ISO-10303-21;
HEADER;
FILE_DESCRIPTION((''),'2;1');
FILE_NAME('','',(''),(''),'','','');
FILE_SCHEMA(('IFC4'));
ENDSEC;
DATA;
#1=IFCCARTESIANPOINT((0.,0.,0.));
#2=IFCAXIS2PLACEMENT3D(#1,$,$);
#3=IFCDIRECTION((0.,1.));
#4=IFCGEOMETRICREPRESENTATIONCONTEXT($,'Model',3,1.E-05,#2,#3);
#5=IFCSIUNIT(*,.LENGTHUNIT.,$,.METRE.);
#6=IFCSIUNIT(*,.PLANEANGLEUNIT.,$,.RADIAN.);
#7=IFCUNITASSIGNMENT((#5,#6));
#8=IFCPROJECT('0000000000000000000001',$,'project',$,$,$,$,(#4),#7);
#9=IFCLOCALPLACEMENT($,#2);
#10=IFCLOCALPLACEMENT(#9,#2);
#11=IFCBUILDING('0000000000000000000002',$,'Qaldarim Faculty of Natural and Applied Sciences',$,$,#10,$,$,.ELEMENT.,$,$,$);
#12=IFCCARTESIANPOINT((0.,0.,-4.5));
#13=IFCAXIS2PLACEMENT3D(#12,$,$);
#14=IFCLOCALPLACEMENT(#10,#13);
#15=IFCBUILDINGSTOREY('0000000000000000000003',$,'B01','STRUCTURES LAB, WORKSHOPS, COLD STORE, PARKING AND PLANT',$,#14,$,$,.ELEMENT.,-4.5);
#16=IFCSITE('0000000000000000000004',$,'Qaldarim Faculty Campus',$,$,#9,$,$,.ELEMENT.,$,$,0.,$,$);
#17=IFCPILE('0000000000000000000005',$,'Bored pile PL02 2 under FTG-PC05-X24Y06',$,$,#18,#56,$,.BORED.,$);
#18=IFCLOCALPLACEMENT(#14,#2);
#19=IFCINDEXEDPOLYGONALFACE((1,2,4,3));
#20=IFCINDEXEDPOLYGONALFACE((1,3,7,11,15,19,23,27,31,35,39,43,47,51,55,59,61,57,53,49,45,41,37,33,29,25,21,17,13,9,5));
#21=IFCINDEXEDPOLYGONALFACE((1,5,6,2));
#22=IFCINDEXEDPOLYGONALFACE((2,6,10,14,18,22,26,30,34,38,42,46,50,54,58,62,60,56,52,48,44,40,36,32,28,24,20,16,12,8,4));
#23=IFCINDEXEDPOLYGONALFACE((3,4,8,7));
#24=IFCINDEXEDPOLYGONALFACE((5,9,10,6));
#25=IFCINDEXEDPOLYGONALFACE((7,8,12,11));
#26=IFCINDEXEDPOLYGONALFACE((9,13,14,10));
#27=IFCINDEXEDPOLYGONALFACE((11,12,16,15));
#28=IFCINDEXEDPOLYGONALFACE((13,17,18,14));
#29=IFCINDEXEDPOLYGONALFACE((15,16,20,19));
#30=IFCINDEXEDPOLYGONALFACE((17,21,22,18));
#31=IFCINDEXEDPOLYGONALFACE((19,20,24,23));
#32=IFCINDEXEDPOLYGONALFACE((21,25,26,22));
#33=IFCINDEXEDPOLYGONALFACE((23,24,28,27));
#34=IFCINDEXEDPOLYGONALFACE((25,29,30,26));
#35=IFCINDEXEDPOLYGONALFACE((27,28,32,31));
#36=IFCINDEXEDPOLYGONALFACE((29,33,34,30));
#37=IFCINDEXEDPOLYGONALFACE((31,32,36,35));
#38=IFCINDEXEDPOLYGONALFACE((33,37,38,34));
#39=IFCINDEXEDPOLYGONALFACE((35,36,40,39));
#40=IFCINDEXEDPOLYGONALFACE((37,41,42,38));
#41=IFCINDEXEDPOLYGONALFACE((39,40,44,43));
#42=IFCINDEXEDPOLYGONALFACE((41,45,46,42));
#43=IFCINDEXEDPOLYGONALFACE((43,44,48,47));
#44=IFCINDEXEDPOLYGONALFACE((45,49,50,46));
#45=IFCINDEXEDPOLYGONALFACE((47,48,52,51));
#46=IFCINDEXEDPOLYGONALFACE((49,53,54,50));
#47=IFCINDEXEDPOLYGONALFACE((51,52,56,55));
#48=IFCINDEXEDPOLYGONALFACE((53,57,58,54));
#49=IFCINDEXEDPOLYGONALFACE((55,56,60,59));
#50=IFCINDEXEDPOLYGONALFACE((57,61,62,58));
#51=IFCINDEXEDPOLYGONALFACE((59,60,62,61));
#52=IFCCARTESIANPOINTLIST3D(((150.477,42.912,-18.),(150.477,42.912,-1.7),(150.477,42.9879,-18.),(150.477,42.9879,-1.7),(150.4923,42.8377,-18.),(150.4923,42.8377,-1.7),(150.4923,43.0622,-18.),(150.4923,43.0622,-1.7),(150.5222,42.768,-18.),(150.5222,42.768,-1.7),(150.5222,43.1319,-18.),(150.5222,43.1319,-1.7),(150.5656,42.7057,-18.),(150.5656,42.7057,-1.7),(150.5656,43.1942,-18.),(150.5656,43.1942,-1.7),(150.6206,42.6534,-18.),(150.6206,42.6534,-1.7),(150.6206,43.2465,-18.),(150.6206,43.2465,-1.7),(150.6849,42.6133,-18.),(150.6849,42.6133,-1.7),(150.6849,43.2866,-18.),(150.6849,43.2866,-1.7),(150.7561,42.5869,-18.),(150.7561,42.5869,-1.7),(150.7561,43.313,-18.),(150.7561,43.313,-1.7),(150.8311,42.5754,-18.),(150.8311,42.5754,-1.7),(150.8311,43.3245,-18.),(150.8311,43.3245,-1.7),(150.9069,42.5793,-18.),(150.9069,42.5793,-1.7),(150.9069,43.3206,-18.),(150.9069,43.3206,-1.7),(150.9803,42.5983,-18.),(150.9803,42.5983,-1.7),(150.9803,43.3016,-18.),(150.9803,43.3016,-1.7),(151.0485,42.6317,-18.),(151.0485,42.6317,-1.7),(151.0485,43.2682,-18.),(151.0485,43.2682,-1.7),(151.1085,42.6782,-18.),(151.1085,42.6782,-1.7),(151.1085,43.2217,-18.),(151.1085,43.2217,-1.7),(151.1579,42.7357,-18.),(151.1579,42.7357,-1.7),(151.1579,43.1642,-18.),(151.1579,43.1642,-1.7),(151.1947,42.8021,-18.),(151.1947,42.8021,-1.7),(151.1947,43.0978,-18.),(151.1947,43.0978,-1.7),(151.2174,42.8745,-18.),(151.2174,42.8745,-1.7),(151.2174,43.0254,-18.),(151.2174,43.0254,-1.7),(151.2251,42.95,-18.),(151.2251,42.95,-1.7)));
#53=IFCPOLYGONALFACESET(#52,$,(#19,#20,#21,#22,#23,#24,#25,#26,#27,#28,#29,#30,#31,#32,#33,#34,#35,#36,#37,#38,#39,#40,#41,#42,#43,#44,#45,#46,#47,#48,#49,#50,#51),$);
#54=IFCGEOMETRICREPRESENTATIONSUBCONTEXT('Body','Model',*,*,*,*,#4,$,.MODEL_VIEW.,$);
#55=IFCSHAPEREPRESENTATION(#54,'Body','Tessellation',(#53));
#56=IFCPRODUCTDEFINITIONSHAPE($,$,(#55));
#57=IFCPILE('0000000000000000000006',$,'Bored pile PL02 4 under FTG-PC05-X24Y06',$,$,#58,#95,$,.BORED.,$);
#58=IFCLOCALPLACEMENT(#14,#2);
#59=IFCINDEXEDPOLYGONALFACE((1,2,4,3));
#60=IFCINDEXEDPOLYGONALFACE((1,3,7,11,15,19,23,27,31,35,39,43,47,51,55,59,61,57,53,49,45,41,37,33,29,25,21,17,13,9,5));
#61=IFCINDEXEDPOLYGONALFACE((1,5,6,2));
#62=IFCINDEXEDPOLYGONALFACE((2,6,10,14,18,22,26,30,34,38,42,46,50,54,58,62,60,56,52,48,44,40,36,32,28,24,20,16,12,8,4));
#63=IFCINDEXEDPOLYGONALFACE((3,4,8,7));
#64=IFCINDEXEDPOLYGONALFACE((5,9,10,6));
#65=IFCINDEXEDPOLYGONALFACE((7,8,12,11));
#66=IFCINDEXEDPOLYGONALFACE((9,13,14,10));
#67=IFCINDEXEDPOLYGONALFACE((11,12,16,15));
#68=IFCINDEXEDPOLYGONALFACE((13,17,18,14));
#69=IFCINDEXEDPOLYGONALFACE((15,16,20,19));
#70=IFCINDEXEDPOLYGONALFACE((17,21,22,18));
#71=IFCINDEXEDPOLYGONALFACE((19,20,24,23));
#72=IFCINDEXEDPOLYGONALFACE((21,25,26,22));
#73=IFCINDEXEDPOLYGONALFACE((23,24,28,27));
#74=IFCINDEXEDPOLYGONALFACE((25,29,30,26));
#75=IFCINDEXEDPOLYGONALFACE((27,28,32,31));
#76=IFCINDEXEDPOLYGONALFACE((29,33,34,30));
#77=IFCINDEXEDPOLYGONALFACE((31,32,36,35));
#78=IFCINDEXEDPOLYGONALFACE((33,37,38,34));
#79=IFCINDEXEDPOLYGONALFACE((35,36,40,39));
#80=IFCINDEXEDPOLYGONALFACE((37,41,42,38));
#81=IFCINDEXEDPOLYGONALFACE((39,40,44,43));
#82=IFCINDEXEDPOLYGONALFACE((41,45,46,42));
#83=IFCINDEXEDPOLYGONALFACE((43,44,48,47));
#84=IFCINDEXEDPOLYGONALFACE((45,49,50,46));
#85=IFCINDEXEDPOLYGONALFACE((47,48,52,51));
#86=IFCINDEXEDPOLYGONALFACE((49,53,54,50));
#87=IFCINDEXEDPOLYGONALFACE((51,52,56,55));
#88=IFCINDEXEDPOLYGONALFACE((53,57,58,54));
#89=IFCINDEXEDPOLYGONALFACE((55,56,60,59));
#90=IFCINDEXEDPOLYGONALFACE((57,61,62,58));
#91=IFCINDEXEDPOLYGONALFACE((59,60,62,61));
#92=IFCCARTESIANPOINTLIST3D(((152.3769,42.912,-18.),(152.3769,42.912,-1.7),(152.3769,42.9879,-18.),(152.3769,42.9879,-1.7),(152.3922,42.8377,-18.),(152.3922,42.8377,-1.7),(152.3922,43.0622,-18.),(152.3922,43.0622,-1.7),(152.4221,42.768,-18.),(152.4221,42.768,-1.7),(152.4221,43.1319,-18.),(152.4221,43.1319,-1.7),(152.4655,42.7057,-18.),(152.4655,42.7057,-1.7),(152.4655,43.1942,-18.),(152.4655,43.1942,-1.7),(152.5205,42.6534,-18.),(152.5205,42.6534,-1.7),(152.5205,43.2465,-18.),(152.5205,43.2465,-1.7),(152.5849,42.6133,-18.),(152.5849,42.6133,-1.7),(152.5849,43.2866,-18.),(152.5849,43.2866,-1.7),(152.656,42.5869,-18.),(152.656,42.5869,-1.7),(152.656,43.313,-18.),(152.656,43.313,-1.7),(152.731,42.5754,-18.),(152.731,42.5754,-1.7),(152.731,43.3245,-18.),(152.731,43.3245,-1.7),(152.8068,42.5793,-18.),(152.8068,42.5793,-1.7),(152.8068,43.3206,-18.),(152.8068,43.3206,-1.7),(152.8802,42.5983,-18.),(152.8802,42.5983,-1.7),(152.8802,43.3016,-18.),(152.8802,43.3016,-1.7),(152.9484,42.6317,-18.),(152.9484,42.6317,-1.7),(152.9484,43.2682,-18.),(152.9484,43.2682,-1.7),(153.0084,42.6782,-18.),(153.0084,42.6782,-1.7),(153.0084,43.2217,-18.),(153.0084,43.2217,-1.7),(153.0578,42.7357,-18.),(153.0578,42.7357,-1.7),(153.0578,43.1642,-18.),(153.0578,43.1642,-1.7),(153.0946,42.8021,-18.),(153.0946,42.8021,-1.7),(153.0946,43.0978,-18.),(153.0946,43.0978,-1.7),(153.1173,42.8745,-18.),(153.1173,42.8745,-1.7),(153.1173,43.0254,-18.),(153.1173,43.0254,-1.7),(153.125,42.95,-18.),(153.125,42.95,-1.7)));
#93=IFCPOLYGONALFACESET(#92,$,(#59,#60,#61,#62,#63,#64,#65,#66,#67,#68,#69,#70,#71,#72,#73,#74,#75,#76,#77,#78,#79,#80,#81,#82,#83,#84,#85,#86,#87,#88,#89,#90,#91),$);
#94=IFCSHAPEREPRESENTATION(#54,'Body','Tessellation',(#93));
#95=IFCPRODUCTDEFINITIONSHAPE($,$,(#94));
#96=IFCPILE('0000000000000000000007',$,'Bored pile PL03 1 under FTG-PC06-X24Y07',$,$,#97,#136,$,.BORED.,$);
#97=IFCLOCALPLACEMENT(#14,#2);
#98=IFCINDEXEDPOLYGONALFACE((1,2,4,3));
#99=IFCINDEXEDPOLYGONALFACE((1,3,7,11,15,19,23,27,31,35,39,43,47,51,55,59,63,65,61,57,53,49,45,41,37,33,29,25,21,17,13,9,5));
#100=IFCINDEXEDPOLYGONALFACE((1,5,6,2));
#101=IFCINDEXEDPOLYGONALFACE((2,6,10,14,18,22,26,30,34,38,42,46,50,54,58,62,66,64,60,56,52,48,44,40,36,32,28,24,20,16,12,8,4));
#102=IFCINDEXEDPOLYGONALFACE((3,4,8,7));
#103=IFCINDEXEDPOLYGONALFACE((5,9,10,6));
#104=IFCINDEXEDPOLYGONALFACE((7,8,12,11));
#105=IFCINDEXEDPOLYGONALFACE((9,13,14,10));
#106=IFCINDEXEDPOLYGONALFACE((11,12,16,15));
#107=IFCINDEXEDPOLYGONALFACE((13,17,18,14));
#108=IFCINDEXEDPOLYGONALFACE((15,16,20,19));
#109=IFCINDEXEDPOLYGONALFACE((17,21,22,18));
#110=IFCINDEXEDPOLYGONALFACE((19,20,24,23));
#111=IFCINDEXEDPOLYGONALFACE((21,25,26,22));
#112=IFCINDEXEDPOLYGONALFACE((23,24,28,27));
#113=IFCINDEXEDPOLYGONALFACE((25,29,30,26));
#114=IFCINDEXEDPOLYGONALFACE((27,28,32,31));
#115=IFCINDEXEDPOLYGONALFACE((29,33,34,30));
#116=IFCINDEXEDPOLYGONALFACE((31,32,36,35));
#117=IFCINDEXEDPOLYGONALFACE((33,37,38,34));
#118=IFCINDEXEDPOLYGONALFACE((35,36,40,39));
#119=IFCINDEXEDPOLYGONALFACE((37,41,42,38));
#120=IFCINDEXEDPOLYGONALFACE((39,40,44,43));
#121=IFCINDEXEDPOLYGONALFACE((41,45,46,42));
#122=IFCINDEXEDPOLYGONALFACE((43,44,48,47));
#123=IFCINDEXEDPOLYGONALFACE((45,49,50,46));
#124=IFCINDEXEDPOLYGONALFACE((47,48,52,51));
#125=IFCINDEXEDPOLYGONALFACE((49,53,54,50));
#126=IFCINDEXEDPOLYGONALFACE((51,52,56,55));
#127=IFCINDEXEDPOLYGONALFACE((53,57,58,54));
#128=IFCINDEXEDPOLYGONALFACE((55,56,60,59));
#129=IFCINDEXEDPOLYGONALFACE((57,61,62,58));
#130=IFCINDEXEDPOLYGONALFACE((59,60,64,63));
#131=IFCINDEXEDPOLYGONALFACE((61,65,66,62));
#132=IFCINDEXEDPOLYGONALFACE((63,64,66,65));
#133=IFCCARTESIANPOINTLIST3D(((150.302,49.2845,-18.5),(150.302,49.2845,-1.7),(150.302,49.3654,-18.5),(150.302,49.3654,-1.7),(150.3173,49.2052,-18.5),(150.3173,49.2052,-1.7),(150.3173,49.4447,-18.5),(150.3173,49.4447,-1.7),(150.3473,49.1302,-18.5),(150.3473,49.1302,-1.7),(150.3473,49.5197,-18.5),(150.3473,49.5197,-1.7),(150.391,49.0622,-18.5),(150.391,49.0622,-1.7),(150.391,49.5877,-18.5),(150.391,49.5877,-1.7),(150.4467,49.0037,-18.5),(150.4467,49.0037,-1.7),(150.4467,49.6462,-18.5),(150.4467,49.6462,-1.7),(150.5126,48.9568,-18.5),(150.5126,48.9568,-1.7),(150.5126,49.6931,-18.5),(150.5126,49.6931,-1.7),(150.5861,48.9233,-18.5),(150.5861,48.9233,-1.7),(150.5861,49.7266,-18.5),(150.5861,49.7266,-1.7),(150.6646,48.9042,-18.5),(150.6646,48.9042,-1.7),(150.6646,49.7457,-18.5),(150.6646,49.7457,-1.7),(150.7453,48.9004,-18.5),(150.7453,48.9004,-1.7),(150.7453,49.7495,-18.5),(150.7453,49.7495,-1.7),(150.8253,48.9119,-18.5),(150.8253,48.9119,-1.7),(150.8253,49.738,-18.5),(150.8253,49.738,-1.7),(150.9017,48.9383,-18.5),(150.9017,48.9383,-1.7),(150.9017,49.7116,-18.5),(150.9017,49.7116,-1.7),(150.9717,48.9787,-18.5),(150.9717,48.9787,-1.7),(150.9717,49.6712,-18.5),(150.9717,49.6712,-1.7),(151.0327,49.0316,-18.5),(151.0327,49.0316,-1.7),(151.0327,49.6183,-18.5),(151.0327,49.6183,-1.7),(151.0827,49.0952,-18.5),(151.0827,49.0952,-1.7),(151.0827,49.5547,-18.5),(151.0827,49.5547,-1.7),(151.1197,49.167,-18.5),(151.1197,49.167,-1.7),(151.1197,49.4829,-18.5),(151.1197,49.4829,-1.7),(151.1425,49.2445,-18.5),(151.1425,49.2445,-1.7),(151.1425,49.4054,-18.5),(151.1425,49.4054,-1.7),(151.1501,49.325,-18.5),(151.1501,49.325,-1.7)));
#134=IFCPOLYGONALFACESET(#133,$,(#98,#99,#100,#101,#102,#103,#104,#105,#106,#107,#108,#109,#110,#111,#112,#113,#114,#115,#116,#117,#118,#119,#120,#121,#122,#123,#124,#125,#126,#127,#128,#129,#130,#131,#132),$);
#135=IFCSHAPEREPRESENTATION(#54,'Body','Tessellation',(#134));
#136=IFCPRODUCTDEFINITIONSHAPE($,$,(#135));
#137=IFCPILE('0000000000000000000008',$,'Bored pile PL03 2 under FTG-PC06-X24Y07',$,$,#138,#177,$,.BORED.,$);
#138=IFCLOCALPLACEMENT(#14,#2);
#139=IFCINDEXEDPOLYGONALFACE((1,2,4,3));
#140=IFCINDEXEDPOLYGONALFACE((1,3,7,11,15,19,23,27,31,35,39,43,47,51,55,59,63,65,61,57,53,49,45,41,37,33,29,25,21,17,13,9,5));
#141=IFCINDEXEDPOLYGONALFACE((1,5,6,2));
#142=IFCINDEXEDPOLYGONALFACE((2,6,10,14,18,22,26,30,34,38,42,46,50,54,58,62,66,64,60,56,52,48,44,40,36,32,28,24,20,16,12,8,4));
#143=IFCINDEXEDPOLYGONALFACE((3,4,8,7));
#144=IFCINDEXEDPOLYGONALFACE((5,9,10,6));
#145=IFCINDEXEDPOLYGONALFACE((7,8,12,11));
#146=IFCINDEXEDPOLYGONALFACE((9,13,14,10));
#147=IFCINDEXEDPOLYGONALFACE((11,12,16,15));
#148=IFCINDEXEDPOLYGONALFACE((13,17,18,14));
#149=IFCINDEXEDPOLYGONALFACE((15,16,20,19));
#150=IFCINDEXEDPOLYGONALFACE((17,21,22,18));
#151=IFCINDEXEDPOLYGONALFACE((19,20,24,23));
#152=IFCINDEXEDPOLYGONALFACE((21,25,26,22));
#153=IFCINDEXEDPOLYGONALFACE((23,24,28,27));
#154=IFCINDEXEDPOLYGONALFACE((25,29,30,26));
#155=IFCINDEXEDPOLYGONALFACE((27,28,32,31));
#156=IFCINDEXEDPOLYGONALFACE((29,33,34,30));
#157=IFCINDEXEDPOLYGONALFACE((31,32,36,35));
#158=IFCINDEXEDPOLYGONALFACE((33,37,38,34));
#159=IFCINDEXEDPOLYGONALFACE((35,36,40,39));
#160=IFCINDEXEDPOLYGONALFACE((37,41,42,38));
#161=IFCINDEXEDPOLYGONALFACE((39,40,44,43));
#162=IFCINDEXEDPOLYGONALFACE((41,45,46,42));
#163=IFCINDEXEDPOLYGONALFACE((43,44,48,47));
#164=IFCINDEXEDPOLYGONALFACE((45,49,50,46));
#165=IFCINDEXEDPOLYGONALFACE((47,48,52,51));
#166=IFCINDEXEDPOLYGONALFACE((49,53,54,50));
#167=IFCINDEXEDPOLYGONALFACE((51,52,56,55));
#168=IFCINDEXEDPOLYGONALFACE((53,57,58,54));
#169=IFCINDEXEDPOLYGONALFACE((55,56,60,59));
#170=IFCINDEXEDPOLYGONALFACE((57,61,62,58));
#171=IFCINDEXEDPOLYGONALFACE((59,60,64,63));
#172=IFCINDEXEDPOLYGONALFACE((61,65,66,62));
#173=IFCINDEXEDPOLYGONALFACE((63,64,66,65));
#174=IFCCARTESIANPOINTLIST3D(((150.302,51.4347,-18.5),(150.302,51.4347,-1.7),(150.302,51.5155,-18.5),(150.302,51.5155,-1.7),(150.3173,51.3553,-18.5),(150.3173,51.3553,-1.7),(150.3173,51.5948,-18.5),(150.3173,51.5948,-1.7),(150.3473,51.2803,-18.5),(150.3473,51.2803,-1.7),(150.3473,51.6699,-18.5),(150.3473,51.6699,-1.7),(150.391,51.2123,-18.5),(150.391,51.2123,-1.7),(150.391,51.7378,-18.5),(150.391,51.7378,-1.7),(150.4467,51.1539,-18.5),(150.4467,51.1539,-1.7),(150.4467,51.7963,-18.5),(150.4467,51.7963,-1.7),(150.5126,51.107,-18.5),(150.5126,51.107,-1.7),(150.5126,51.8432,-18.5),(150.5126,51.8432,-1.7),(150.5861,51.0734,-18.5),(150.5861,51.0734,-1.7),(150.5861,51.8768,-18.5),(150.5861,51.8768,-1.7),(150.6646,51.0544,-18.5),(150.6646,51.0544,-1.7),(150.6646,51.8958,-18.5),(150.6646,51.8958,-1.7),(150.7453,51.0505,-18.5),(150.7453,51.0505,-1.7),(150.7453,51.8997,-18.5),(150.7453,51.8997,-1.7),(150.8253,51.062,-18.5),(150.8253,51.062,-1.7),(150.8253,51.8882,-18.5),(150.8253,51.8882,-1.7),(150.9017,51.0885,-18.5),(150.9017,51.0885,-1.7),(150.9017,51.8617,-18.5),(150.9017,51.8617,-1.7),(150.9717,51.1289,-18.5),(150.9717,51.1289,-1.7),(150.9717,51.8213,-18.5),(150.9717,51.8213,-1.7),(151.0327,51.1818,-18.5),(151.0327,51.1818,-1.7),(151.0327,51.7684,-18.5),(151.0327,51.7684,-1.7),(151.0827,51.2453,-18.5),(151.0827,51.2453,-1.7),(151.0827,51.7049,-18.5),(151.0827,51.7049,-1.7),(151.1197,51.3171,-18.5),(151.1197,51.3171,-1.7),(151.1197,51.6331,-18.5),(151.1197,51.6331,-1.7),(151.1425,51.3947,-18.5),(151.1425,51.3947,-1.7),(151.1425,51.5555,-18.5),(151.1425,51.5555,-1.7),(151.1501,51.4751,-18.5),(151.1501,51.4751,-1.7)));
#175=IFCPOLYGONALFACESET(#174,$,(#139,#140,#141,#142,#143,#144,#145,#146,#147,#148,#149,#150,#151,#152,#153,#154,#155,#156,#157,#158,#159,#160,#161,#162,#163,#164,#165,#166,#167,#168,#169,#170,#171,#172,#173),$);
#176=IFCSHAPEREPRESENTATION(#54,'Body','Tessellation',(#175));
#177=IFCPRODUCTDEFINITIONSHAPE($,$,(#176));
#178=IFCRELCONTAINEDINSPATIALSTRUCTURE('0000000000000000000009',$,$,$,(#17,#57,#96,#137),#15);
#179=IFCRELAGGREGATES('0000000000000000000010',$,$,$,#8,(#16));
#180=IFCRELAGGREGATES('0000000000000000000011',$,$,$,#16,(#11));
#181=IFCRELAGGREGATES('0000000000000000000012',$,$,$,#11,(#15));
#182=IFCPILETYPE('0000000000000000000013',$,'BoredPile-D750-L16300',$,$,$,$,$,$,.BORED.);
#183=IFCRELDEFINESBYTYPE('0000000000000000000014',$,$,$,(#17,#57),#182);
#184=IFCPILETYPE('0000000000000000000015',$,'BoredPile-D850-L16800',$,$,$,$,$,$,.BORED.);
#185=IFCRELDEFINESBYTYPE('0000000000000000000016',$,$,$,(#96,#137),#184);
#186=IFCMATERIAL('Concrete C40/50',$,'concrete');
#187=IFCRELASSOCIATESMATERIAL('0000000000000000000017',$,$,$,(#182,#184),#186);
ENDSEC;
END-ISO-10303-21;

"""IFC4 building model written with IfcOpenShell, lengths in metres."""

from ifc_helpers import new_model, si_unit, direction, frame, origin, origin_2d, place, context, subcontext, project, spatial, circle, extrude, material, material_profile, profile_set, type_object, element, save


model = new_model("IFC4")

# Units and contexts
model_context = context("Model", 3, precision=1e-05, world=origin(), true_north=direction((0.0, 1.0)))
body_context = subcontext(model_context, "Body", "Model", "MODEL_VIEW")
ifc_project = project(units=[si_unit("LENGTHUNIT", "METRE"), si_unit("PLANEANGLEUNIT", "RADIAN")], contexts=[model_context])

# Site, building, storey
site_placement = place(None, origin())
site = spatial("IfcSite", under=ifc_project, at=site_placement, Name="Qaldarim Faculty Campus", CompositionType="ELEMENT", RefElevation=0.0)
building_placement = place(site_placement, origin())
building = spatial("IfcBuilding", under=site, at=building_placement, Name="Qaldarim Faculty of Natural and Applied Sciences", CompositionType="ELEMENT")
storey_placement = place(building_placement, frame((0.0, 0.0, -4.5)))
storey = spatial("IfcBuildingStorey", under=building, at=storey_placement, Name="B01", Description="STRUCTURES LAB, WORKSHOPS, COLD STORE, PARKING AND PLANT", CompositionType="ELEMENT", Elevation=-4.5)

# Piles
ifc_material_1 = material(Name="Concrete C40/50", Category="concrete")
ifc_material_profile_1 = material_profile(ifc_material_1, circle(Radius=0.375, at=origin_2d()), Name="PILE-D750")
ifc_profile_set_1 = profile_set([ifc_material_profile_1], Name="Concrete C40/50")
pile_type_1 = type_object("IfcPileType", Name="BoredPile-D750-L16300", PredefinedType="BORED", material=ifc_profile_set_1)
for number, where, z_axis, x_axis, name in (
    (1, (150.8501, 42.95, -1.7), (0.0, 0.0, -1.0), (1.0, 0.0, 0.0), "Bored pile PL02 2 under FTG-PC05-X24Y06"),
    (2, (152.75, 42.95, -1.7), (0.0, 0.0, -1.0), (1.0, 0.0, 0.0), "Bored pile PL02 4 under FTG-PC05-X24Y06"),
):
    element("IfcPile", number, at=place(storey_placement, frame(where, z_axis=z_axis, x_axis=x_axis)), inside=storey, type_object=pile_type_1, Name=name, PredefinedType="BORED", context=body_context, shape_type="SweptSolid", body=[
        extrude(circle(Radius=0.375, at=origin_2d()), origin(), (0.0, 0.0, 1.0), 16.3),
    ])
ifc_material_profile_2 = material_profile(ifc_material_1, circle(Radius=0.425, at=origin_2d()), Name="PILE-D850")
ifc_profile_set_2 = profile_set([ifc_material_profile_2], Name="Concrete C40/50")
pile_type_2 = type_object("IfcPileType", Name="BoredPile-D850-L16800", PredefinedType="BORED", material=ifc_profile_set_2)
for number, where, z_axis, x_axis, name in (
    (3, (150.7251, 49.325, -1.7), (0.0, 0.0, -1.0), (1.0, 0.0, 0.0), "Bored pile PL03 1 under FTG-PC06-X24Y07"),
    (4, (150.7251, 51.4751, -1.7), (0.0, 0.0, -1.0), (1.0, 0.0, 0.0), "Bored pile PL03 2 under FTG-PC06-X24Y07"),
):
    element("IfcPile", number, at=place(storey_placement, frame(where, z_axis=z_axis, x_axis=x_axis)), inside=storey, type_object=pile_type_2, Name=name, PredefinedType="BORED", context=body_context, shape_type="SweptSolid", body=[
        extrude(circle(Radius=0.425, at=origin_2d()), origin(), (0.0, 0.0, 1.0), 16.8),
    ])

save(model, "model.ifc")
